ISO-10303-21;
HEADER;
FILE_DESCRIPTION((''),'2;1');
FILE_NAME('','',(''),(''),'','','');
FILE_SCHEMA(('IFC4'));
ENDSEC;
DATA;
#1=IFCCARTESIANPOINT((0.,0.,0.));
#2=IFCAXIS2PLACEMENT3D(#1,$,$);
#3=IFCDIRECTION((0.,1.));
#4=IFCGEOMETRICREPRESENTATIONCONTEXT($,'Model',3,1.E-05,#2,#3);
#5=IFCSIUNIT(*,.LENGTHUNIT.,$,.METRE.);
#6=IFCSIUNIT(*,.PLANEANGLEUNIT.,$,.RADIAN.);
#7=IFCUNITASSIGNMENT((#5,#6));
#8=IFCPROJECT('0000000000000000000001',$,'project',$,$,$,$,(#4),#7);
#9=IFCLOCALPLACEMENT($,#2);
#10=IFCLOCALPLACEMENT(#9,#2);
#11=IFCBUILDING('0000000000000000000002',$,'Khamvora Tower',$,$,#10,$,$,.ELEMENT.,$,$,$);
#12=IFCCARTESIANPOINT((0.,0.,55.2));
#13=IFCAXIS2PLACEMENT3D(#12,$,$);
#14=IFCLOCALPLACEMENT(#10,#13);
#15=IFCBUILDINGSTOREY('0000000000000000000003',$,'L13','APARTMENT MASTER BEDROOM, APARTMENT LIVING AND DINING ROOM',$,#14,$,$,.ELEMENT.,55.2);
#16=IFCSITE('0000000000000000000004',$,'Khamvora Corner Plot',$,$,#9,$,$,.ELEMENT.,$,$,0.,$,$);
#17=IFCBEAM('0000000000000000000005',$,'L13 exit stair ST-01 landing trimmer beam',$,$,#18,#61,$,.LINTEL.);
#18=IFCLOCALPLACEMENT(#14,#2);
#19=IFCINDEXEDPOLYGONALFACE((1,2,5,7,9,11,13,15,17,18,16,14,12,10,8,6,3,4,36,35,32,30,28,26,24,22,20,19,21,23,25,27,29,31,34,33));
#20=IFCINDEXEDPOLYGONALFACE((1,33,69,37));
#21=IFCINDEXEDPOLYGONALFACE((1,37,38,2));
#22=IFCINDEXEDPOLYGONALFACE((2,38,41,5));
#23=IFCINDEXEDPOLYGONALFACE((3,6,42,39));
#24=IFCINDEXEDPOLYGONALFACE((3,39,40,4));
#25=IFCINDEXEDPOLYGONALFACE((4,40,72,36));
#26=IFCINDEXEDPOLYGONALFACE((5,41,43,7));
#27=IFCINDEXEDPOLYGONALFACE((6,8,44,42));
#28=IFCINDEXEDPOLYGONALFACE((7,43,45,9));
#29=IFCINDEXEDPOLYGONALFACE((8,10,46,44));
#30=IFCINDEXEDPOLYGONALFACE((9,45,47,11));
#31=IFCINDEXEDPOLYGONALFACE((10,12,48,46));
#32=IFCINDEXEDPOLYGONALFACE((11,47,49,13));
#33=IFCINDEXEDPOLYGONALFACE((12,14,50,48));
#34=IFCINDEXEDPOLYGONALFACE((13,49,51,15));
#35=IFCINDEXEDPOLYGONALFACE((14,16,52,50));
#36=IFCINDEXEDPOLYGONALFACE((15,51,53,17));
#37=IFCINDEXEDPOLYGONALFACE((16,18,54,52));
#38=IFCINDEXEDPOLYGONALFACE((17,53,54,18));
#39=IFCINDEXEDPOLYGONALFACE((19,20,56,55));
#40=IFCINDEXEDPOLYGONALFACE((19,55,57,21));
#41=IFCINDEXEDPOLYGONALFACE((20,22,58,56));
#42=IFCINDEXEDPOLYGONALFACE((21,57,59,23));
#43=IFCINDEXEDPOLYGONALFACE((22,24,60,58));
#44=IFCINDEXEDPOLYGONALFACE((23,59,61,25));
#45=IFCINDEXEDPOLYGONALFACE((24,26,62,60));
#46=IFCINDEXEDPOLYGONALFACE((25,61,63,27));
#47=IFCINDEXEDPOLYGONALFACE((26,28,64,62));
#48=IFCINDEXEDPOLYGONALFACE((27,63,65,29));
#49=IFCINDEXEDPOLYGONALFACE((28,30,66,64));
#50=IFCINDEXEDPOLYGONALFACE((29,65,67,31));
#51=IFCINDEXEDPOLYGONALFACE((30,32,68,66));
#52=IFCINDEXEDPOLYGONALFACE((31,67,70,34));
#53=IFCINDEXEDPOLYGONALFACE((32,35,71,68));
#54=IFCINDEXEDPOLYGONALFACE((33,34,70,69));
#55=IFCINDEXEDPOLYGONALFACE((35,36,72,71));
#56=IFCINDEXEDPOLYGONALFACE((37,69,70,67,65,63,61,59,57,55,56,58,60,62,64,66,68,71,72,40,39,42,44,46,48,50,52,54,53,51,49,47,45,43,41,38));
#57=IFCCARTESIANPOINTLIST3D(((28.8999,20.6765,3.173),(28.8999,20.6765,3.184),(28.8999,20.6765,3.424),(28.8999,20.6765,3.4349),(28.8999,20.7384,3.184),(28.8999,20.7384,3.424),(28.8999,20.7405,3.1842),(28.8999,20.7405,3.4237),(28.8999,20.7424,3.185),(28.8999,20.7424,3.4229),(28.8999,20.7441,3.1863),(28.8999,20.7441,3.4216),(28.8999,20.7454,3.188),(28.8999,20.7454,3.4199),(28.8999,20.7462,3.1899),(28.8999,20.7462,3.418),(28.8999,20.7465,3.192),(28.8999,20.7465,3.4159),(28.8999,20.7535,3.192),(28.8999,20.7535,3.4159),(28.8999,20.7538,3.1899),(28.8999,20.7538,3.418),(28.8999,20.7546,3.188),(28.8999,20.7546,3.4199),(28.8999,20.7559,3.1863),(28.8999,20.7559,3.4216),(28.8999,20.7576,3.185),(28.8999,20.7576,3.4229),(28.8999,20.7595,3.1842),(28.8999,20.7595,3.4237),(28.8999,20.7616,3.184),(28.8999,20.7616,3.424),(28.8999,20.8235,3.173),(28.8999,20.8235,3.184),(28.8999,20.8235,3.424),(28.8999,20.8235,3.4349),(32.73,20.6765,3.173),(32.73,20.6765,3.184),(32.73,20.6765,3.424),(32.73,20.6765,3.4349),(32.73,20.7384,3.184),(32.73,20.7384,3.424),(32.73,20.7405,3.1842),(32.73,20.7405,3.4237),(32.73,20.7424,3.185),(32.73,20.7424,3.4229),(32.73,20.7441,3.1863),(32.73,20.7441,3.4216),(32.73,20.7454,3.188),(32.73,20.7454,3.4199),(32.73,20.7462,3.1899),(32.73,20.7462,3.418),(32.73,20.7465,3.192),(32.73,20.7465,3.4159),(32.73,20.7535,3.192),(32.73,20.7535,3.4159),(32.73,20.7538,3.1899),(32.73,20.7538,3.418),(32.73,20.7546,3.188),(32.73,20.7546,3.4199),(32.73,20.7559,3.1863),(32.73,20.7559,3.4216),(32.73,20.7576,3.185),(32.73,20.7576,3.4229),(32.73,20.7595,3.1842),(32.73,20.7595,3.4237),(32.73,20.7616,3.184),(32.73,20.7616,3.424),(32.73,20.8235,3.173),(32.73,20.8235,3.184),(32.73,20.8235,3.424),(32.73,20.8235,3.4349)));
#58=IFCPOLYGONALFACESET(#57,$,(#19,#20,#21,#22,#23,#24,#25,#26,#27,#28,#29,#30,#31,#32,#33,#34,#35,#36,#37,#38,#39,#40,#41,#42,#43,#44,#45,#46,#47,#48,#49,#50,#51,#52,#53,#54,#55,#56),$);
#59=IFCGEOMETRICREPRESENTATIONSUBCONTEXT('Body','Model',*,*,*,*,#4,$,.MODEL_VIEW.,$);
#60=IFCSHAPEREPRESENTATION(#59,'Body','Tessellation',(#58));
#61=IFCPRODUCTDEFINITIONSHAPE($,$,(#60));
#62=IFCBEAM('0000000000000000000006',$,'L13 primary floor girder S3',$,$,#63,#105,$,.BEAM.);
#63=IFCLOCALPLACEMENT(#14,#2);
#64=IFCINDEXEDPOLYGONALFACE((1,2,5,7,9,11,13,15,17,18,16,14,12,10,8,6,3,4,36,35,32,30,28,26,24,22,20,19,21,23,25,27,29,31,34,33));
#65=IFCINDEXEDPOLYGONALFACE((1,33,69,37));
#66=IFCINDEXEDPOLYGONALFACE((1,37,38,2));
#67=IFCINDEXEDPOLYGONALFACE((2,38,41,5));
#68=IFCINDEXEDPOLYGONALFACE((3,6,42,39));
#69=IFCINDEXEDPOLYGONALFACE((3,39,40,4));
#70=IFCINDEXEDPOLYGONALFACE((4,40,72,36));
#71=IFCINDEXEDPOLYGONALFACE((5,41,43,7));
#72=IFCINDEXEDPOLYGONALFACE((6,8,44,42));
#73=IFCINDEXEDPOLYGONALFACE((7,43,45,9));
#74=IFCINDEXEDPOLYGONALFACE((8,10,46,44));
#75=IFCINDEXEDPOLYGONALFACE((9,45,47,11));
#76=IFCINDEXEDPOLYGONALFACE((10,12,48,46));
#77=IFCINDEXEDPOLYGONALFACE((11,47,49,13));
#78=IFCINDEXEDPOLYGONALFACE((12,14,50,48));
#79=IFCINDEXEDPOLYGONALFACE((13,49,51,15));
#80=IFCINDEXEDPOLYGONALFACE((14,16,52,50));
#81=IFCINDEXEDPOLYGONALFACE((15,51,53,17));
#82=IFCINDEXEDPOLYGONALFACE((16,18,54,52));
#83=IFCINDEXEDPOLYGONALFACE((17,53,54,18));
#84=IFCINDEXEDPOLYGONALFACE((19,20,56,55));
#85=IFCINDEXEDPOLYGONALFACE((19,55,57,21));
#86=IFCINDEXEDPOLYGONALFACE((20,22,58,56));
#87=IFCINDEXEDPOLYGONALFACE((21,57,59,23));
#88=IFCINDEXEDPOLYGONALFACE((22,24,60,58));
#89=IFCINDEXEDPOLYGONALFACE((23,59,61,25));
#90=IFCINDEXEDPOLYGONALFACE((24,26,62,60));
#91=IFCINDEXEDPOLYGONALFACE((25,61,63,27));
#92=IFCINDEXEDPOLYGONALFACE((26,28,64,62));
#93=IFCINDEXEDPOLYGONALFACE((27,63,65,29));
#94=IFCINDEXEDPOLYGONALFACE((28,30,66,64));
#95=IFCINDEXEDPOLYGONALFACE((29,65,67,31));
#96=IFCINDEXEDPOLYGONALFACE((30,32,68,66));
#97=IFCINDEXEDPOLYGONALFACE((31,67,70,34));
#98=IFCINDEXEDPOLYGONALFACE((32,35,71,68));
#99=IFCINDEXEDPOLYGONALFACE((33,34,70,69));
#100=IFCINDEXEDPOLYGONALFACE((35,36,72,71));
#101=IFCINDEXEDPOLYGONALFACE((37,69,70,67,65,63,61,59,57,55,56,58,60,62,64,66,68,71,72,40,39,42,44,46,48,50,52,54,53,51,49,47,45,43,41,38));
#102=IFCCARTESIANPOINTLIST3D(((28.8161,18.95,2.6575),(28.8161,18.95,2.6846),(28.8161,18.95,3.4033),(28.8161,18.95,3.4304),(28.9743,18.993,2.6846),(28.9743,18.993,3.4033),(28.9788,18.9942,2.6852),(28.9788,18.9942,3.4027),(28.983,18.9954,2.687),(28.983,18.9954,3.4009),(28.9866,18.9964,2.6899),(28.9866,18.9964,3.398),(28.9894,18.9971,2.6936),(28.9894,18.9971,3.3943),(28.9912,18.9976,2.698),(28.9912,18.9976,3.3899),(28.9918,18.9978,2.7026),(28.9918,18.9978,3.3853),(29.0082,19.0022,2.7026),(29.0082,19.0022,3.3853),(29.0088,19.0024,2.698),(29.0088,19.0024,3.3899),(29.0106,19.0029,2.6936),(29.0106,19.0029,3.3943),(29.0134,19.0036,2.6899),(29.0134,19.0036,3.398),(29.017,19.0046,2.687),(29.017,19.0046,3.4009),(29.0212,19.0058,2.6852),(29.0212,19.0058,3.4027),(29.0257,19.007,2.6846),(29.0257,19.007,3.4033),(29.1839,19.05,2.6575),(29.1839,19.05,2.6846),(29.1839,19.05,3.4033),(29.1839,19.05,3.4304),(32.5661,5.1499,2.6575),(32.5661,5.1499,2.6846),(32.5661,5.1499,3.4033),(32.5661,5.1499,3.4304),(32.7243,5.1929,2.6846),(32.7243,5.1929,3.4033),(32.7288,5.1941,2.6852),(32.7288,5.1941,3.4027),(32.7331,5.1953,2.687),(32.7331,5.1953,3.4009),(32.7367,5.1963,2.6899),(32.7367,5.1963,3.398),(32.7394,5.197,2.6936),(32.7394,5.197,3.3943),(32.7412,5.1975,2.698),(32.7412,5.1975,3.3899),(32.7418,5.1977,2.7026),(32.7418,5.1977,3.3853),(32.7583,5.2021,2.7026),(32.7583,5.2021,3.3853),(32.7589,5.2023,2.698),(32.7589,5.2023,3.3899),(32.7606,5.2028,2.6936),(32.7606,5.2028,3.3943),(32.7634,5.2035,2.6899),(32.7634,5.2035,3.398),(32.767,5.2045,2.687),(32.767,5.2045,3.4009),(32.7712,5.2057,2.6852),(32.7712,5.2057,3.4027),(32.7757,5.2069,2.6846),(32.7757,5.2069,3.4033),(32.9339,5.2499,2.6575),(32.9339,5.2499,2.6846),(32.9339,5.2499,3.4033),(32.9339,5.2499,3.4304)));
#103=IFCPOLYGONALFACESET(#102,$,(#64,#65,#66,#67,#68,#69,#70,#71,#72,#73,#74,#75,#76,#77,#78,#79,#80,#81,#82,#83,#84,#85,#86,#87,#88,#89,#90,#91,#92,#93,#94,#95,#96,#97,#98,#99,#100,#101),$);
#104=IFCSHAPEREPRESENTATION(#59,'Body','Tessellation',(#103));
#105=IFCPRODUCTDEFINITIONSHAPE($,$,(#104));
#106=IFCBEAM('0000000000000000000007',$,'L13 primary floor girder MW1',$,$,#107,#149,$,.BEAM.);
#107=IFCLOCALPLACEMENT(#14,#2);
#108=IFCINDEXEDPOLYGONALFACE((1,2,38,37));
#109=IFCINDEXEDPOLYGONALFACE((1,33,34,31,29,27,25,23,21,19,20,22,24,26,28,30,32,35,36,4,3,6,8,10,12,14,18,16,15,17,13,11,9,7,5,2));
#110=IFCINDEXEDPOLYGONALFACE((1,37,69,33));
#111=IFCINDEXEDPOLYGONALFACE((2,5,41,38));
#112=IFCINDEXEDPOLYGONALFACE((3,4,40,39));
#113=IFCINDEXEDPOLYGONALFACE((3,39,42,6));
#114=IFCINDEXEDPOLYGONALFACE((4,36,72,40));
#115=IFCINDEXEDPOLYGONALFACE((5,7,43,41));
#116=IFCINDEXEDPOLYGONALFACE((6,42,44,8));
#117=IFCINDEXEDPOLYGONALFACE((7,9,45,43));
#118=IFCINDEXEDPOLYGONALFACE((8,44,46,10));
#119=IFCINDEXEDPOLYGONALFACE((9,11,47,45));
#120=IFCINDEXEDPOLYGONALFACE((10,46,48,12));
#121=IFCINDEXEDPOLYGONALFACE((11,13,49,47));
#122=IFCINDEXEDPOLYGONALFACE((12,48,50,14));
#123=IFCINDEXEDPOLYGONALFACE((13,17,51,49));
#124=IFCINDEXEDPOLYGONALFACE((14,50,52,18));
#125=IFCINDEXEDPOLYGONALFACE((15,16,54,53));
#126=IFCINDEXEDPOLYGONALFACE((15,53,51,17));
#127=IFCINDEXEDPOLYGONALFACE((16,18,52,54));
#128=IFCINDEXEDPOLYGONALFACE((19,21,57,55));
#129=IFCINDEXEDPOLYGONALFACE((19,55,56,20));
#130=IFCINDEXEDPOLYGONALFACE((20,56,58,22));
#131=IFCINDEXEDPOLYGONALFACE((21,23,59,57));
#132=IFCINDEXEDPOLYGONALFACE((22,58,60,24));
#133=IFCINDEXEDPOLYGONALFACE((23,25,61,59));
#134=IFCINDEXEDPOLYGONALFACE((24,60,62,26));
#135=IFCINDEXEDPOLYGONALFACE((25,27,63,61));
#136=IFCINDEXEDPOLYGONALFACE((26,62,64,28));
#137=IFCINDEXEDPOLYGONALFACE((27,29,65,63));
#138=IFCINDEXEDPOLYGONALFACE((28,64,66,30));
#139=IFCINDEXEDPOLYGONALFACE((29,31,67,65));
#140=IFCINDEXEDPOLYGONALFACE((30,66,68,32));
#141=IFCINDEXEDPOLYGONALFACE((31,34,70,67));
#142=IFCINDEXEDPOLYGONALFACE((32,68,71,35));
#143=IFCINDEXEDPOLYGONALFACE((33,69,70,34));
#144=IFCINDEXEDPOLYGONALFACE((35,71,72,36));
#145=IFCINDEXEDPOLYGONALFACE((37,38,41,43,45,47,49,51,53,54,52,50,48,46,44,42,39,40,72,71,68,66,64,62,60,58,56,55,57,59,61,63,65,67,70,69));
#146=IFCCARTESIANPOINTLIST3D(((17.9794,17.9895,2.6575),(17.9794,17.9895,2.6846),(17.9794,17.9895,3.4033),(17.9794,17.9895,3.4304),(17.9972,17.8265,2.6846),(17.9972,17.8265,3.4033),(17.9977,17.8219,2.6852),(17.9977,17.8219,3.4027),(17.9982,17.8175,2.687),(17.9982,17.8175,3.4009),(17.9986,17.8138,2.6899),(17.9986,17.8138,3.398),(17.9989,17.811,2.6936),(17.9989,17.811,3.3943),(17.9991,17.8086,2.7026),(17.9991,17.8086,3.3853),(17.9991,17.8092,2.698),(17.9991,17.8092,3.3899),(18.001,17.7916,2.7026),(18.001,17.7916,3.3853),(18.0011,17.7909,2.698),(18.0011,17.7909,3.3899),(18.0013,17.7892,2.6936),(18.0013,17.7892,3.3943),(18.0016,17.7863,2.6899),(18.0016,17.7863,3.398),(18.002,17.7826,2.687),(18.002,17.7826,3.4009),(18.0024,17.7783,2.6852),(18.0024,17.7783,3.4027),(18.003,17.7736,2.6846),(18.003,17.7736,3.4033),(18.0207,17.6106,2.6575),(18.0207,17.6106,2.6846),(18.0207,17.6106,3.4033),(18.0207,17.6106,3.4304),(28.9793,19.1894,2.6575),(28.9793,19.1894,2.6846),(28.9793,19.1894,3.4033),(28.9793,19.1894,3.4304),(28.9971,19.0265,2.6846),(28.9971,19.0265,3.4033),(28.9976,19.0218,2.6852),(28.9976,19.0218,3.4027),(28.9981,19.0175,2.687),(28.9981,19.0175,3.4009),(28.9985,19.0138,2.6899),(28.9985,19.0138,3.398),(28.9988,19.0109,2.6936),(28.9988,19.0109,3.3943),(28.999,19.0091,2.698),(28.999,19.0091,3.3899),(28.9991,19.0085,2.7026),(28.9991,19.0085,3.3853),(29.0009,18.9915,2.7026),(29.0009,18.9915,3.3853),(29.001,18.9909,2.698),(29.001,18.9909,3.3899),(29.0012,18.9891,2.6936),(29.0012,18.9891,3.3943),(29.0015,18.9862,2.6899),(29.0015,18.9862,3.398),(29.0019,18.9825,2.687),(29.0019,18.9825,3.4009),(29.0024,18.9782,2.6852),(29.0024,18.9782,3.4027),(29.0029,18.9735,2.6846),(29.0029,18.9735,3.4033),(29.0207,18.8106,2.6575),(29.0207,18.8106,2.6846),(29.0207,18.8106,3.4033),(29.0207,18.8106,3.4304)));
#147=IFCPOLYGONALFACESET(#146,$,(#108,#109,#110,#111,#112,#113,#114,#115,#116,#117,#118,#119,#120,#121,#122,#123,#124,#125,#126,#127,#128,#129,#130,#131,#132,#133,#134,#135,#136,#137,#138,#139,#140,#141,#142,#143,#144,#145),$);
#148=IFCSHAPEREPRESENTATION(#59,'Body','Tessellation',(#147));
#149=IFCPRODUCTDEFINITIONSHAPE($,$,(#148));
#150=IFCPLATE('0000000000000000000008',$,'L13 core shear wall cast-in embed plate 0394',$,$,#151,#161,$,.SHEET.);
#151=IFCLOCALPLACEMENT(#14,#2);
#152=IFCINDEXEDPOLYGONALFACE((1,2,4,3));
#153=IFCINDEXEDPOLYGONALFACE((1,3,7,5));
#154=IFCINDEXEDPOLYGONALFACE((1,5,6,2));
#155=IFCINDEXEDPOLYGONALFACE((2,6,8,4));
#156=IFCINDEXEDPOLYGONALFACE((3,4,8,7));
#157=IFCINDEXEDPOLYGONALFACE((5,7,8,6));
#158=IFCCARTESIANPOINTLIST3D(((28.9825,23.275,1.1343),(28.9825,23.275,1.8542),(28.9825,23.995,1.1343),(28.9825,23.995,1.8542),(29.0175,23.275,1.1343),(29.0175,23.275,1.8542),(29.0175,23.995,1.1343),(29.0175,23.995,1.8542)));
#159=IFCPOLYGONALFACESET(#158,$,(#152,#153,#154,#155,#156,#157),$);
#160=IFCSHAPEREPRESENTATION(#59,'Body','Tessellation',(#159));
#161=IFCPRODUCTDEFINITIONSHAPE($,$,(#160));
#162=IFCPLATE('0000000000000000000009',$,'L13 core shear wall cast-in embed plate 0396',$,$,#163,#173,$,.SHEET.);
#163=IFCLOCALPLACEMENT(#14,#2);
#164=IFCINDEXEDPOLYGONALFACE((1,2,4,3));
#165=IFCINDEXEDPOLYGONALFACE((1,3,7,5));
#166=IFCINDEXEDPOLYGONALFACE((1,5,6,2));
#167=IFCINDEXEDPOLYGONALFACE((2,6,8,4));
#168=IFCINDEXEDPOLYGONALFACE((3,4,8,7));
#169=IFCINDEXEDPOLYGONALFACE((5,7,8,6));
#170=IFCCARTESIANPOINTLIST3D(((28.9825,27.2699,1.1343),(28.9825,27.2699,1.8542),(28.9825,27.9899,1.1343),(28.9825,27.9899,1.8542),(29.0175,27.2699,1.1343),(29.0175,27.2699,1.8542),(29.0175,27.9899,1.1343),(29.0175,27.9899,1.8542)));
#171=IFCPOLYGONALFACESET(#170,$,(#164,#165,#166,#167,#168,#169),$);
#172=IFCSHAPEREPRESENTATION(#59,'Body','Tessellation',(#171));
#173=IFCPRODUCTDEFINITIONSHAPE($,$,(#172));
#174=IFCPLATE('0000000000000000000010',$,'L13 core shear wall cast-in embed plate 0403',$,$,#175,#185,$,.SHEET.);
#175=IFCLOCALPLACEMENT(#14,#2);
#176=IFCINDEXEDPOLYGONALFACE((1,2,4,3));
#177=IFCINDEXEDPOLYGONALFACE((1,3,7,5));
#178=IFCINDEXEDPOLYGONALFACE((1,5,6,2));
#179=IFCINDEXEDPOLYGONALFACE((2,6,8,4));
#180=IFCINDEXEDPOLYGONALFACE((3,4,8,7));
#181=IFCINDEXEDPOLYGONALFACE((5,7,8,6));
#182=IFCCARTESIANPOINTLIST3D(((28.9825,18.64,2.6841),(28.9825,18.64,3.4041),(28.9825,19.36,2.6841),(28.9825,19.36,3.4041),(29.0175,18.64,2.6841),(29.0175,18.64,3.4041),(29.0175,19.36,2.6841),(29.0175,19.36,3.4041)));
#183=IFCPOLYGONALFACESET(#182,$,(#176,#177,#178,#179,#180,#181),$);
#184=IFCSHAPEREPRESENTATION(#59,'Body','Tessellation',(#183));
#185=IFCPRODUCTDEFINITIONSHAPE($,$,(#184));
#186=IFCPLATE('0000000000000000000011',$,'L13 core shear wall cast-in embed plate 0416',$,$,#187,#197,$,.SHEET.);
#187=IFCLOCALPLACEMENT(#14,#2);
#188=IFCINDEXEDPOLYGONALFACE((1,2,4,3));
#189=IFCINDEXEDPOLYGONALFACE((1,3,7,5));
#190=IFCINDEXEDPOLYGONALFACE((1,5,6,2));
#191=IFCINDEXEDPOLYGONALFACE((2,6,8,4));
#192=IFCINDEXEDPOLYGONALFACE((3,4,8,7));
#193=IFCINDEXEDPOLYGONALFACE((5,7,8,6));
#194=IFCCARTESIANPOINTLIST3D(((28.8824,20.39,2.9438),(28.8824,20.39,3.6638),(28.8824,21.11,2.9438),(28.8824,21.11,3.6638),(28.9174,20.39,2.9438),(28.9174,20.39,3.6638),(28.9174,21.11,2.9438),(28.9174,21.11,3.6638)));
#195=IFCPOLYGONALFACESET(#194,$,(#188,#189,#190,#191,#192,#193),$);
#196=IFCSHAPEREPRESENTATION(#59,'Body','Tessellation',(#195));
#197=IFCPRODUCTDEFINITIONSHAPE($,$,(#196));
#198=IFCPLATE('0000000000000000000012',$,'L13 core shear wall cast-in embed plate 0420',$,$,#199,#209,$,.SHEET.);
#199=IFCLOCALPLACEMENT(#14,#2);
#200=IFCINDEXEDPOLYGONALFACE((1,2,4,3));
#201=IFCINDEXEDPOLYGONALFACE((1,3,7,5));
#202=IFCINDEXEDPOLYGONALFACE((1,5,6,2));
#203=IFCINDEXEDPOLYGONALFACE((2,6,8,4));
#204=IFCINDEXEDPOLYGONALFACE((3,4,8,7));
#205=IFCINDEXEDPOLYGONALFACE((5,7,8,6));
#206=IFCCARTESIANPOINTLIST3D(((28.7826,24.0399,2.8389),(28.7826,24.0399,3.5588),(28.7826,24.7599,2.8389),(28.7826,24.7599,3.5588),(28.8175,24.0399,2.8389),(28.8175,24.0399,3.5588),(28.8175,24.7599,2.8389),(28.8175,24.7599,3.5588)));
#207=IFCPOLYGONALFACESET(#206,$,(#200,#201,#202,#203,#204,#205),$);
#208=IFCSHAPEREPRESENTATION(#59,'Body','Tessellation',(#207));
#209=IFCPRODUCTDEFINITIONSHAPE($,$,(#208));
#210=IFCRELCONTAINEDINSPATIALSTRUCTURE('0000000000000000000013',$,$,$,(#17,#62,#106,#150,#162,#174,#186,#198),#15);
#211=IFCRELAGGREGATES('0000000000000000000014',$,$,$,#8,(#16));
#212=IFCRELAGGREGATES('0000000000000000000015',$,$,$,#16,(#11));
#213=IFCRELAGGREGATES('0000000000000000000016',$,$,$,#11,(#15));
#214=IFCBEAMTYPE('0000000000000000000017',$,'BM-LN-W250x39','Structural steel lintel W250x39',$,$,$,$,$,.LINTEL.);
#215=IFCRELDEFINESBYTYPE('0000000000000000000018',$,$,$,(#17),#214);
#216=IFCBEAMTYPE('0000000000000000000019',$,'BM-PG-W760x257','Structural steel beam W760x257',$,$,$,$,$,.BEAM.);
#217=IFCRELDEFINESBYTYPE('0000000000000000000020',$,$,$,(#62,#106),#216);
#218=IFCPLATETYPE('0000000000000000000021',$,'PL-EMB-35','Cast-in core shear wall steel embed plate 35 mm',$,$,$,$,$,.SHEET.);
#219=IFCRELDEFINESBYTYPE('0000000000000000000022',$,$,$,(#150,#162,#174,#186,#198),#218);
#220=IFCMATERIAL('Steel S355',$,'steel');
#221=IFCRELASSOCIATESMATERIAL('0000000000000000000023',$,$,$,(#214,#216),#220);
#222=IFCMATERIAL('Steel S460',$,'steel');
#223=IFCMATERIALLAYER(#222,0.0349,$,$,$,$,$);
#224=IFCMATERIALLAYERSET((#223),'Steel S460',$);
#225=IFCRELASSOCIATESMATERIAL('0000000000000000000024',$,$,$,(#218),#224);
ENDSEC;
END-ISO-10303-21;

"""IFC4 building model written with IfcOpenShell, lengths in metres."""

from ifc_helpers import new_model, si_unit, direction, frame, origin, origin_2d, place, context, subcontext, project, spatial, rectangle, i_section, extrude, material, layer, layer_set, material_profile, profile_set, type_object, element, save


model = new_model("IFC4")

# Units and contexts
model_context = context("Model", 3, precision=1e-05, world=origin(), true_north=direction((0.0, 1.0)))
body_context = subcontext(model_context, "Body", "Model", "MODEL_VIEW")
ifc_project = project(units=[si_unit("LENGTHUNIT", "METRE"), si_unit("PLANEANGLEUNIT", "RADIAN")], contexts=[model_context])

# Site, building, storey
site_placement = place(None, origin())
site = spatial("IfcSite", under=ifc_project, at=site_placement, Name="Khamvora Corner Plot", CompositionType="ELEMENT", RefElevation=0.0)
building_placement = place(site_placement, origin())
building = spatial("IfcBuilding", under=site, at=building_placement, Name="Khamvora Tower", CompositionType="ELEMENT")
storey_placement = place(building_placement, frame((0.0, 0.0, 55.2)))
storey = spatial("IfcBuildingStorey", under=building, at=storey_placement, Name="L13", Description="APARTMENT MASTER BEDROOM, APARTMENT LIVING AND DINING ROOM", CompositionType="ELEMENT", Elevation=55.2)

# Beams
ifc_material_1 = material(Name="Steel S355", Category="steel")
ifc_material_profile_1 = material_profile(ifc_material_1, i_section(OverallWidth=0.147, OverallDepth=0.262, WebThickness=0.0071, FlangeThickness=0.011, FilletRadius=0.0081, at=origin_2d()), Name="W250x39")
ifc_profile_set_1 = profile_set([ifc_material_profile_1], Name="Steel S355")
beam_type_1 = type_object("IfcBeamType", Name="BM-LN-W250x39", Description="Structural steel lintel W250x39", PredefinedType="LINTEL", material=ifc_profile_set_1)
beam_1_placement = place(storey_placement, frame((28.8999, 20.75, 3.304), z_axis=(1.0, 0.0, 0.0), x_axis=(0.0, 1.0, 0.0)))
element("IfcBeam", 1, at=beam_1_placement, inside=storey, type_object=beam_type_1, Name="L13 exit stair ST-01 landing trimmer beam", PredefinedType="LINTEL", context=body_context, shape_type="SweptSolid", body=[
    extrude(i_section(OverallWidth=0.147, OverallDepth=0.262, WebThickness=0.0071, FlangeThickness=0.011, FilletRadius=0.0081, at=origin_2d()), origin(), (0.0, 0.0, 1.0), 3.8301),
])
ifc_material_profile_2 = material_profile(ifc_material_1, i_section(OverallWidth=0.3811, OverallDepth=0.7729, WebThickness=0.0171, FlangeThickness=0.0271, FilletRadius=0.0181, at=origin_2d()), Name="W760x257")
ifc_profile_set_2 = profile_set([ifc_material_profile_2], Name="Steel S355")
beam_type_2 = type_object("IfcBeamType", Name="BM-PG-W760x257", Description="Structural steel beam W760x257", PredefinedType="BEAM", material=ifc_profile_set_2)
beam_2_placement = place(storey_placement, frame((29.0, 19.0, 3.0439), z_axis=(0.262229, -0.965006, 0.0), x_axis=(0.965006, 0.262229, 0.0)))
element("IfcBeam", 2, at=beam_2_placement, inside=storey, type_object=beam_type_2, Name="L13 primary floor girder S3", PredefinedType="BEAM", context=body_context, shape_type="SweptSolid", body=[
    extrude(i_section(OverallWidth=0.3811, OverallDepth=0.7729, WebThickness=0.0171, FlangeThickness=0.0271, FilletRadius=0.0181, at=origin_2d()), origin(), (0.0, 0.0, 1.0), 14.3005),
])
beam_3_placement = place(storey_placement, frame((29.0, 19.0, 3.0439), z_axis=(-0.994103, -0.108443, 0.0), x_axis=(0.108443, -0.994103, 0.0)))
element("IfcBeam", 3, at=beam_3_placement, inside=storey, type_object=beam_type_2, Name="L13 primary floor girder MW1", PredefinedType="BEAM", context=body_context, shape_type="SweptSolid", body=[
    extrude(i_section(OverallWidth=0.3811, OverallDepth=0.7729, WebThickness=0.0171, FlangeThickness=0.0271, FilletRadius=0.0181, at=origin_2d()), origin(), (0.0, 0.0, 1.0), 11.0652),
])

# Plates
ifc_material_2 = material(Name="Steel S460", Category="steel")
ifc_layer_1 = layer(ifc_material_2, 0.0349)
ifc_layer_set_1 = layer_set([ifc_layer_1], Name="Steel S460")
plate_type = type_object("IfcPlateType", Name="PL-EMB-35", Description="Cast-in core shear wall steel embed plate 35 mm", PredefinedType="SHEET", material=ifc_layer_set_1)
for number, where, z_axis, x_axis, name in (
    (4, (29.0, 23.635, 1.1343), (0.0, 0.0, 1.0), (1.0, 0.0, 0.0), "L13 core shear wall cast-in embed plate 0394"),
    (5, (29.0, 27.6299, 1.1343), (0.0, 0.0, 1.0), (1.0, 0.0, 0.0), "L13 core shear wall cast-in embed plate 0396"),
    (6, (29.0, 19.0, 2.6841), (0.0, 0.0, 1.0), (1.0, 0.0, 0.0), "L13 core shear wall cast-in embed plate 0403"),
    (7, (28.8999, 20.75, 2.9438), (0.0, 0.0, 1.0), (1.0, 0.0, 0.0), "L13 core shear wall cast-in embed plate 0416"),
    (8, (28.8, 24.3999, 2.8389), (0.0, 0.0, 1.0), (1.0, 0.0, 0.0), "L13 core shear wall cast-in embed plate 0420"),
):
    element("IfcPlate", number, at=place(storey_placement, frame(where, z_axis=z_axis, x_axis=x_axis)), inside=storey, type_object=plate_type, Name=name, PredefinedType="SHEET", context=body_context, shape_type="SweptSolid", body=[
        extrude(rectangle(XDim=0.0349, YDim=0.72, at=origin_2d()), origin(), (0.0, 0.0, 1.0), 0.72),
    ])

save(model, "model.ifc")
